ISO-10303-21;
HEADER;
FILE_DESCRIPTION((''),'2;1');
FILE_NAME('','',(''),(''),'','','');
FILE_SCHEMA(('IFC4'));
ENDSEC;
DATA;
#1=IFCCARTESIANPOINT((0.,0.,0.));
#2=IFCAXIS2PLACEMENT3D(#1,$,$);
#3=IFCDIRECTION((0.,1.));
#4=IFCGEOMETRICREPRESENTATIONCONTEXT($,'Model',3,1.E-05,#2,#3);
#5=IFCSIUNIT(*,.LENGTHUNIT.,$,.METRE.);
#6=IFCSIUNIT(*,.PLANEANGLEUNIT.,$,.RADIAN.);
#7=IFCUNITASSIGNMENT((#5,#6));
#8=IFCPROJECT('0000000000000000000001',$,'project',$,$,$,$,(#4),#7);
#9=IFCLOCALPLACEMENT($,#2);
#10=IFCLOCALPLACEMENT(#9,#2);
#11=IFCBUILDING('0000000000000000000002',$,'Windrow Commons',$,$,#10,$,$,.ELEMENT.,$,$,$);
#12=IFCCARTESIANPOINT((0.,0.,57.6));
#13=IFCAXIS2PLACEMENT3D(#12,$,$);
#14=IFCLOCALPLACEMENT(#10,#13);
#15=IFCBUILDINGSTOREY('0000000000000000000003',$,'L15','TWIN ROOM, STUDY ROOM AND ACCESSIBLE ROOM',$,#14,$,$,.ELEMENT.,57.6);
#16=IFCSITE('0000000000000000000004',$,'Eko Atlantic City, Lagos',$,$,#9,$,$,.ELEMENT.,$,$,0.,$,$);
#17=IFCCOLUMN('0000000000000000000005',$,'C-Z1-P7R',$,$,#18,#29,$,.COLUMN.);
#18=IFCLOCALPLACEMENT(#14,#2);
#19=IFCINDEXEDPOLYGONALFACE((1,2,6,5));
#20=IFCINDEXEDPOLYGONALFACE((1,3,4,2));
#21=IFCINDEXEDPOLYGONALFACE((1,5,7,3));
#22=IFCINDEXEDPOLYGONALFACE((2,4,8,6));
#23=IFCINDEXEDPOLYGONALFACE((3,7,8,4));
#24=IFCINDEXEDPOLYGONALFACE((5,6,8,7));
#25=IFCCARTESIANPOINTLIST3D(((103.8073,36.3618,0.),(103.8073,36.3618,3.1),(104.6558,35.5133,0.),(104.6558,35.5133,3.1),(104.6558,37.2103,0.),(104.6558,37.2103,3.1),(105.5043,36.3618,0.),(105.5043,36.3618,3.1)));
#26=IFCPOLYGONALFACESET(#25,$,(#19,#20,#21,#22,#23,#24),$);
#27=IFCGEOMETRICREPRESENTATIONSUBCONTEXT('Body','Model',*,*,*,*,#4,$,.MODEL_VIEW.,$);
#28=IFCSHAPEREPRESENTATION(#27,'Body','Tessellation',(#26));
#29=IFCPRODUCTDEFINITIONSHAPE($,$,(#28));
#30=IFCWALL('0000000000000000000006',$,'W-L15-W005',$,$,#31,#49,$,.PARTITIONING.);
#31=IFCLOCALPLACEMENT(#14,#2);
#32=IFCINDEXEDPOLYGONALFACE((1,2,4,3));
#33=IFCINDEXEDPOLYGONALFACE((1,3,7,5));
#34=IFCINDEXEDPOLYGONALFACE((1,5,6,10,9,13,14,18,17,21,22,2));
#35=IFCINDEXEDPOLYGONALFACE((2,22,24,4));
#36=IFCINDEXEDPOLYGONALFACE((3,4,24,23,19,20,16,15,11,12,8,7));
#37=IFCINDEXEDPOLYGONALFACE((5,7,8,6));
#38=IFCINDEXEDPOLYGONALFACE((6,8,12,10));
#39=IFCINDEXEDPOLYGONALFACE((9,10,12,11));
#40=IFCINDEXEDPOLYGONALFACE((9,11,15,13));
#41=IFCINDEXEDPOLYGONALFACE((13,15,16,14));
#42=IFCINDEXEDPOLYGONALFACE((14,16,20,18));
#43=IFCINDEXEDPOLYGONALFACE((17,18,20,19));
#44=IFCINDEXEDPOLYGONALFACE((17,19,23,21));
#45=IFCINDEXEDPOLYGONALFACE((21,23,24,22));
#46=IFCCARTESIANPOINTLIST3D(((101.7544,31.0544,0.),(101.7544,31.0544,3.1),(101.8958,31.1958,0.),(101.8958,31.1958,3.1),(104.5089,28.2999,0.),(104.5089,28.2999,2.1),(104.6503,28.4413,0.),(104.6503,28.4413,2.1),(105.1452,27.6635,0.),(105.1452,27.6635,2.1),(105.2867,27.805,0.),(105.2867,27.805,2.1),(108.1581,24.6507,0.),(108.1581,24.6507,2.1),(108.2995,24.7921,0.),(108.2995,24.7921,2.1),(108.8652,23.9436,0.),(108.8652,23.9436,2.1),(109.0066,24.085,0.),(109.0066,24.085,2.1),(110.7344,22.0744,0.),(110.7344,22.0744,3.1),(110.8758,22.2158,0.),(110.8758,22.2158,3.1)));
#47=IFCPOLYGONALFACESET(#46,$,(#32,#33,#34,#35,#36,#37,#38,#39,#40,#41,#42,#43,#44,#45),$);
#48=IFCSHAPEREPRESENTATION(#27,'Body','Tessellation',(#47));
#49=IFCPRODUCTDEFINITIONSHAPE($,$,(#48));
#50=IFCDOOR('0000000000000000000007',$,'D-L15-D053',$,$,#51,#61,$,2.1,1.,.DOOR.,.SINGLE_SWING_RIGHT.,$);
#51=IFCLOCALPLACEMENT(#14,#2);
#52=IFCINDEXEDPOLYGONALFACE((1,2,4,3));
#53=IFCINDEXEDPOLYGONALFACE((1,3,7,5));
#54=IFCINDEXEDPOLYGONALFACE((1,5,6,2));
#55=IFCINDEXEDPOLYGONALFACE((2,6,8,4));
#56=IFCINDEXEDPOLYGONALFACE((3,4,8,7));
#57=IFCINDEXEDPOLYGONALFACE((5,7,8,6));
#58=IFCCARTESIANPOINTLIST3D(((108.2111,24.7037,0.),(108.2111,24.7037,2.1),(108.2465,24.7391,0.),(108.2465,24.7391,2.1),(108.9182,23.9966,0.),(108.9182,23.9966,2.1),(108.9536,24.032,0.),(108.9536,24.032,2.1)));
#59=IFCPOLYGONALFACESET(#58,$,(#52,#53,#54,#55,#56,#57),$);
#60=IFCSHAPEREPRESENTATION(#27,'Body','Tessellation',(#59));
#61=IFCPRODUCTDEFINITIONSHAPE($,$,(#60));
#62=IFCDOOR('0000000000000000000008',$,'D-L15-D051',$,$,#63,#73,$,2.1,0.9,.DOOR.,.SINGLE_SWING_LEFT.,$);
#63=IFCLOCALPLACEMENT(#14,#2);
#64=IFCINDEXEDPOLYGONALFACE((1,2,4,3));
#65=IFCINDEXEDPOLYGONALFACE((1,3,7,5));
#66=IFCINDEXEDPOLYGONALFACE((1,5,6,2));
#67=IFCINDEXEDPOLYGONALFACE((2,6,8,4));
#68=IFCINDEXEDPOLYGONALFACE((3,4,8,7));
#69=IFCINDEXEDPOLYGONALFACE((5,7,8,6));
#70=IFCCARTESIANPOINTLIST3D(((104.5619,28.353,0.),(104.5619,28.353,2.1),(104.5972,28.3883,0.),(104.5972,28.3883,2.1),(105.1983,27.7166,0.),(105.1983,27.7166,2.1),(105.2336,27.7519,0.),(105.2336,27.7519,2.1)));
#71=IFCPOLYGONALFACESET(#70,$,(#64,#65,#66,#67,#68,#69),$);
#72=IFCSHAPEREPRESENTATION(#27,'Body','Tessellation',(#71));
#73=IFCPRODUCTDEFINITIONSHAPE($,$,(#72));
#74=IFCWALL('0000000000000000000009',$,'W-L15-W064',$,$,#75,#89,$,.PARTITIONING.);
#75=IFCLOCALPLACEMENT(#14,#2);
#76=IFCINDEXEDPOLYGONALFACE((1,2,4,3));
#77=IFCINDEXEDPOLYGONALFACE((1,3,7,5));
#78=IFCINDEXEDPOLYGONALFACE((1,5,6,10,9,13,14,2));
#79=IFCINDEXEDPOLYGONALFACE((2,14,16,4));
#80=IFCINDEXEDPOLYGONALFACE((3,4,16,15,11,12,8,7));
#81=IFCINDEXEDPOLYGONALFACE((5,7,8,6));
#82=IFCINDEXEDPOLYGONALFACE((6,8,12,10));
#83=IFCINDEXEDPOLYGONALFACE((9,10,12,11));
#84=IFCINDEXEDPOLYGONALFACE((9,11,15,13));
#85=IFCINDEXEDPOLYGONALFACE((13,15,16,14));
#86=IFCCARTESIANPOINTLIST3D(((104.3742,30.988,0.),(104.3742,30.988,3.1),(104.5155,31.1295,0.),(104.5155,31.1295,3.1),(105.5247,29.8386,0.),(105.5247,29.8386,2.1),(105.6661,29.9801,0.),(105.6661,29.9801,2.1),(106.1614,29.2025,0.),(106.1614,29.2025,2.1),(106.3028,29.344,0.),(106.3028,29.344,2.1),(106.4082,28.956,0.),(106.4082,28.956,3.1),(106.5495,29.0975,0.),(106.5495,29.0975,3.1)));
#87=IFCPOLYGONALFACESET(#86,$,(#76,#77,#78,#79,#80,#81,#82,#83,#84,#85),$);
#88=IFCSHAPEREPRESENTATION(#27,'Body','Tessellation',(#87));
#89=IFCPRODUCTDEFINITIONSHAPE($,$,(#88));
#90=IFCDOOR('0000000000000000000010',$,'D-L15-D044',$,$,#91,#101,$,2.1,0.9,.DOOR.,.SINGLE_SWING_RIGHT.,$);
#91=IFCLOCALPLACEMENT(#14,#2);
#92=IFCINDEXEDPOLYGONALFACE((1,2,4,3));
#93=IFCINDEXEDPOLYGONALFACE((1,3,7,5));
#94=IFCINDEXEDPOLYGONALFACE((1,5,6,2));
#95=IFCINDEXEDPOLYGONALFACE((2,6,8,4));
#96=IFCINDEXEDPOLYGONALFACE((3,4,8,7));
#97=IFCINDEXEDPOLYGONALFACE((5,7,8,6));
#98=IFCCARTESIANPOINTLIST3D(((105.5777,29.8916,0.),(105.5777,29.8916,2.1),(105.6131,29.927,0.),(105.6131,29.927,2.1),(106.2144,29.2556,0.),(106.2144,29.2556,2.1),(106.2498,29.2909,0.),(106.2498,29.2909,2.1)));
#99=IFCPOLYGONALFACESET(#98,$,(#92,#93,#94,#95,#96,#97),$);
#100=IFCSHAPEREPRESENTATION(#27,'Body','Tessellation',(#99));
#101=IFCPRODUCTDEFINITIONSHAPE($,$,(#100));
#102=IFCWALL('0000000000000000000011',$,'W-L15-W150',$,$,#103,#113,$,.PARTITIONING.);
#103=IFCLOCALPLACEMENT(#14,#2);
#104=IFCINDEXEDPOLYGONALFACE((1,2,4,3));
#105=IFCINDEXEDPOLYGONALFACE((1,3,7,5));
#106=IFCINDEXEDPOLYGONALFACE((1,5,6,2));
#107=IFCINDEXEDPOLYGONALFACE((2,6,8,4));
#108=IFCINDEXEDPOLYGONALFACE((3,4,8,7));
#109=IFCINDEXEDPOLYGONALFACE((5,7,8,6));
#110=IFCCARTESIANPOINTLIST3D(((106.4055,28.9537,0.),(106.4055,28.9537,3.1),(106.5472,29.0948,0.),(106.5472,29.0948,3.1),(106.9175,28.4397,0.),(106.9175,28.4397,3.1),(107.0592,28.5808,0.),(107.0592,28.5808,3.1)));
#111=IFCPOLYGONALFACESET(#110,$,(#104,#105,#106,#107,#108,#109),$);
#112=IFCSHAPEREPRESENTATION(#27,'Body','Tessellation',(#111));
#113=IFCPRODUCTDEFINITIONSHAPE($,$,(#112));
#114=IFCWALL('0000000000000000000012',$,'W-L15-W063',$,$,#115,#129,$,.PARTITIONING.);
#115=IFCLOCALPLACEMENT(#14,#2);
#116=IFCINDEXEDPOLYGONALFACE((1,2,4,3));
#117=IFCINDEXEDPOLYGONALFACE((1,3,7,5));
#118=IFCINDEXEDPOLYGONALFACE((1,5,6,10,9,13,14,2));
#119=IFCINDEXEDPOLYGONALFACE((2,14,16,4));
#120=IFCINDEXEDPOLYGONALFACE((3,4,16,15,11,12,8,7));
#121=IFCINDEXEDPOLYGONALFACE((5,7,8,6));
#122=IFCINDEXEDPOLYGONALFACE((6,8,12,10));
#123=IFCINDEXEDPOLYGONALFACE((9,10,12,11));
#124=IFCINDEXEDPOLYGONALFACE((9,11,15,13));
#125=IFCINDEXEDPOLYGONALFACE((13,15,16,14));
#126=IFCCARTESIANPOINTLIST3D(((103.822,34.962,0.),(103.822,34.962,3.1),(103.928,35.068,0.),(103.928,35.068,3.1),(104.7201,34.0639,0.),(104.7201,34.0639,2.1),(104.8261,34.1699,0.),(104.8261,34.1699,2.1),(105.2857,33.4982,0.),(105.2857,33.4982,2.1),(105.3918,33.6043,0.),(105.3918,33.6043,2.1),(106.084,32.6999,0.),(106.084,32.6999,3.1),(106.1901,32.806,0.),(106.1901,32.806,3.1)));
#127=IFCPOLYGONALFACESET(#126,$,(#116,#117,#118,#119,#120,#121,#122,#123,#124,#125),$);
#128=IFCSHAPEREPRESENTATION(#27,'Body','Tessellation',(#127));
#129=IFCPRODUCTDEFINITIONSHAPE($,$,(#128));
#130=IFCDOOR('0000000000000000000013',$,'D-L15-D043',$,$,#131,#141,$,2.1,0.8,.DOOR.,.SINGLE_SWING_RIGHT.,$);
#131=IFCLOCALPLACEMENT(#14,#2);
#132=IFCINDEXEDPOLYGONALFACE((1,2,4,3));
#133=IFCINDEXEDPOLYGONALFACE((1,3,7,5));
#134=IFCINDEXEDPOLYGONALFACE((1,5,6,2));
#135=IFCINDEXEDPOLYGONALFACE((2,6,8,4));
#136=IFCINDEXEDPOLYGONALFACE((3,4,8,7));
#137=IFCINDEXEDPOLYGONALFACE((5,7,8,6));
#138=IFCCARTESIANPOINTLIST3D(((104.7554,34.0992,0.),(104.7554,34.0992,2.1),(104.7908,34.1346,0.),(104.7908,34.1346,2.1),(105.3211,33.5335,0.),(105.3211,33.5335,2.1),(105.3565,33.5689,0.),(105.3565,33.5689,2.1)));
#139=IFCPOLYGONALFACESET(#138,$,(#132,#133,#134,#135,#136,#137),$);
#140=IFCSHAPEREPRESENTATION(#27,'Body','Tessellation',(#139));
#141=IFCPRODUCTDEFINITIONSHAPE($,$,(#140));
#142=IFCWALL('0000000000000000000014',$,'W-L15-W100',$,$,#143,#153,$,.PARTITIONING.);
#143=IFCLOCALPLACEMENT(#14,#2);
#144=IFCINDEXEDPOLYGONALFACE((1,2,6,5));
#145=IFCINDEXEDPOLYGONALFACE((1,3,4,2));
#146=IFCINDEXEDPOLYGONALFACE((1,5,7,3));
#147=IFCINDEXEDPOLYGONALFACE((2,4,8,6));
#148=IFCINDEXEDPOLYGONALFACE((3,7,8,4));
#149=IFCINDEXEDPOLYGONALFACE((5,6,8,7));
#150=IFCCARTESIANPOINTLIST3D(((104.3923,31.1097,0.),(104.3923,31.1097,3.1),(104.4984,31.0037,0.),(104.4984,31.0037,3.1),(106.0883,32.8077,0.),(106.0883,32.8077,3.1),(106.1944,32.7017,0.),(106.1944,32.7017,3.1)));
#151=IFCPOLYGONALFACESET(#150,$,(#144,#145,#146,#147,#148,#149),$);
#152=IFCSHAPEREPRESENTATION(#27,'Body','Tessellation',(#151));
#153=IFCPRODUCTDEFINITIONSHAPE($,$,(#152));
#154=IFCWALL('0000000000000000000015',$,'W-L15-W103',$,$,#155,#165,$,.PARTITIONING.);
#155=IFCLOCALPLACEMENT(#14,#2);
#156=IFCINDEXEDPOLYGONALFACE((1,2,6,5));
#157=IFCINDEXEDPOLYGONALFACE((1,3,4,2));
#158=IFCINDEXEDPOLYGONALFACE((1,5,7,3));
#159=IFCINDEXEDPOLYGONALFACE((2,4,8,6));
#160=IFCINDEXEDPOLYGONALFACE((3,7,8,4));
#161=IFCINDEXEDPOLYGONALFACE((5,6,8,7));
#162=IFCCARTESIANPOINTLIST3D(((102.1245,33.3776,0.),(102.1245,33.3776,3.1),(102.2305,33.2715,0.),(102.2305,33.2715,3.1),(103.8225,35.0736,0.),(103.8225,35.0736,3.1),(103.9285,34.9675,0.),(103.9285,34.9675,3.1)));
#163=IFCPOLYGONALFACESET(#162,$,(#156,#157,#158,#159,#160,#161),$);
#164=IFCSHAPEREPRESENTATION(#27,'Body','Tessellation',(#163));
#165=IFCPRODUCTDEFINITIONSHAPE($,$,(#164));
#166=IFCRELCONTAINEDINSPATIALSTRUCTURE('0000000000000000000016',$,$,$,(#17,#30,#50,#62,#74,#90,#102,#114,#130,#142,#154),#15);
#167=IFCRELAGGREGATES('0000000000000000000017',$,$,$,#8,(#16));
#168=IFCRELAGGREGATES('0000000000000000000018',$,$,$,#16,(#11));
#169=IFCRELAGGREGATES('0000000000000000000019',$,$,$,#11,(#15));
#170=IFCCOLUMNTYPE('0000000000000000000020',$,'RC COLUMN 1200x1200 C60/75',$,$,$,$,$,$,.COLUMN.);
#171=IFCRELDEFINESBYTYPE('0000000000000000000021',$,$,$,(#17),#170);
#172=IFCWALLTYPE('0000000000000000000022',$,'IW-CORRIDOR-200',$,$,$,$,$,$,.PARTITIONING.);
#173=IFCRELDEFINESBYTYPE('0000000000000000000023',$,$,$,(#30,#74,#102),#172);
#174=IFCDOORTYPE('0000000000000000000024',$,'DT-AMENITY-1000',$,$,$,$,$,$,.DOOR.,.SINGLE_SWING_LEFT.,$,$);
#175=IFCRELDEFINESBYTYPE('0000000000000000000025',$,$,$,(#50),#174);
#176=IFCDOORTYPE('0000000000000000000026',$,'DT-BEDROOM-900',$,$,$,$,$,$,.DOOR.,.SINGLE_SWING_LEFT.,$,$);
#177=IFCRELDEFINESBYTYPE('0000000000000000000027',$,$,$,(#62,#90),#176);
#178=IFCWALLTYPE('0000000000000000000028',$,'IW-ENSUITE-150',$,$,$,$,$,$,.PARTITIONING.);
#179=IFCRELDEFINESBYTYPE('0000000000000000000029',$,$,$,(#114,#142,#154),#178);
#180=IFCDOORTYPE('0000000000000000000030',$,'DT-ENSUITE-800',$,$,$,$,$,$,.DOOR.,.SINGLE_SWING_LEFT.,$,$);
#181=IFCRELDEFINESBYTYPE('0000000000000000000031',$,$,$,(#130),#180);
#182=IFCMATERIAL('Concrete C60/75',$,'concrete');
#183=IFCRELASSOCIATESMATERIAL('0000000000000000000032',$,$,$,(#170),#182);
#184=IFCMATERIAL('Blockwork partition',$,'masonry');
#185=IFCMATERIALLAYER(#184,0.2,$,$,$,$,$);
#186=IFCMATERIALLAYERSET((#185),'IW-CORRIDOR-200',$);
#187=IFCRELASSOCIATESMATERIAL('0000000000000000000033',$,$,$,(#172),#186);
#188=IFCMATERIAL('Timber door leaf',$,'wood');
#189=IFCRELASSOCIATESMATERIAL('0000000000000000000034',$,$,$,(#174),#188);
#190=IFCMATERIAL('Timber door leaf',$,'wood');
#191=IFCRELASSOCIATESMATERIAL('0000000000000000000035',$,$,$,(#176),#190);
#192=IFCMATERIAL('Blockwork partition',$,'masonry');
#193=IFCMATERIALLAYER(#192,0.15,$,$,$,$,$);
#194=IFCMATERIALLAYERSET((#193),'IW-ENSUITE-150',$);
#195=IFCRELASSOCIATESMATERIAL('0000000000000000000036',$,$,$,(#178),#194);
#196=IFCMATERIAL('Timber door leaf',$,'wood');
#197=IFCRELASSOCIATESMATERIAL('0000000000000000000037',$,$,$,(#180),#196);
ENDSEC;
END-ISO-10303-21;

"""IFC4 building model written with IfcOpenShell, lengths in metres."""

from ifc_helpers import new_model, si_unit, direction, frame, frame_2d, origin, origin_2d, place, context, subcontext, project, spatial, rectangle, extrude, material, layer, layer_set, material_profile, profile_set, type_object, element, fill, save


model = new_model("IFC4")

# Units and contexts
model_context = context("Model", 3, precision=1e-05, world=origin(), true_north=direction((0.0, 1.0)))
body_context = subcontext(model_context, "Body", "Model", "MODEL_VIEW")
ifc_project = project(units=[si_unit("LENGTHUNIT", "METRE"), si_unit("PLANEANGLEUNIT", "RADIAN")], contexts=[model_context])

# Site, building, storey
site_placement = place(None, origin())
site = spatial("IfcSite", under=ifc_project, at=site_placement, Name="Eko Atlantic City, Lagos", CompositionType="ELEMENT", RefElevation=0.0)
building_placement = place(site_placement, origin())
building = spatial("IfcBuilding", under=site, at=building_placement, Name="Windrow Commons", CompositionType="ELEMENT")
storey_placement = place(building_placement, frame((0.0, 0.0, 57.6)))
storey = spatial("IfcBuildingStorey", under=building, at=storey_placement, Name="L15", Description="TWIN ROOM, STUDY ROOM AND ACCESSIBLE ROOM", CompositionType="ELEMENT", Elevation=57.6)

# Column
ifc_material_1 = material(Name="Concrete C60/75", Category="concrete")
ifc_material_profile = material_profile(ifc_material_1, rectangle(XDim=1.2, YDim=1.2, at=origin_2d()))
ifc_profile_set = profile_set([ifc_material_profile], Name="Concrete C60/75")
column_type = type_object("IfcColumnType", Name="RC COLUMN 1200x1200 C60/75", PredefinedType="COLUMN", material=ifc_profile_set)
column_placement = place(storey_placement, frame((104.6558, 36.3618, 0.0), z_axis=(0.0, 0.0, 1.0), x_axis=(0.707107, -0.707107, 0.0)))
element("IfcColumn", 1, at=column_placement, inside=storey, type_object=column_type, Name="C-Z1-P7R", PredefinedType="COLUMN", context=body_context, shape_type="SweptSolid", body=[
    extrude(rectangle(XDim=1.2, YDim=1.2, at=origin_2d()), origin(), (0.0, 0.0, 1.0), 3.1),
])

# Wall, openings, doors
ifc_material_2 = material(Name="Blockwork partition", Category="masonry")
ifc_layer_1 = layer(ifc_material_2, 0.2)
ifc_layer_set_1 = layer_set([ifc_layer_1], Name="IW-CORRIDOR-200")
wall_type_1 = type_object("IfcWallType", Name="IW-CORRIDOR-200", PredefinedType="PARTITIONING", material=ifc_layer_set_1)
wall_1_placement = place(storey_placement, frame((101.8251, 31.1251, 0.0), z_axis=(0.0, 0.0, 1.0), x_axis=(0.707107, -0.707107, 0.0)))
wall_1 = element("IfcWall", 2, at=wall_1_placement, inside=storey, type_object=wall_type_1, Name="W-L15-W005", PredefinedType="PARTITIONING", context=body_context, shape_type="SweptSolid", body=[
    extrude(rectangle(XDim=12.6996, YDim=0.2, at=frame_2d((6.3498, 0.0))), origin(), (0.0, 0.0, 1.0), 3.1),
])
opening_1_placement = place(wall_1_placement, frame((3.8954, 0.0, 0.0)))
opening_1 = element("IfcOpeningElement", 3, at=opening_1_placement, cuts=wall_1, PredefinedType="OPENING", context=body_context, shape_type="SweptSolid", body=[
    extrude(rectangle(XDim=0.9, YDim=2.1, at=frame_2d((0.45, 1.05))), frame((0.0, 0.11, 0.0), z_axis=(0.0, -1.0, 0.0), x_axis=(1.0, 0.0, 0.0)), (0.0, 0.0, 1.0), 0.22),
])
opening_2_placement = place(wall_1_placement, frame((9.0562, 0.0, 0.0)))
opening_2 = element("IfcOpeningElement", 4, at=opening_2_placement, cuts=wall_1, PredefinedType="OPENING", context=body_context, shape_type="SweptSolid", body=[
    extrude(rectangle(XDim=1.0, YDim=2.1, at=frame_2d((0.5, 1.05))), frame((0.0, 0.11, 0.0), z_axis=(0.0, -1.0, 0.0), x_axis=(1.0, 0.0, 0.0)), (0.0, 0.0, 1.0), 0.22),
])
ifc_material_3 = material(Name="Timber door leaf", Category="wood")
door_type_1 = type_object("IfcDoorType", Name="DT-AMENITY-1000", OperationType="SINGLE_SWING_LEFT", PredefinedType="DOOR", material=ifc_material_3)
door_1_placement = place(opening_2_placement, origin())
door_1 = element("IfcDoor", 5, at=door_1_placement, inside=storey, type_object=door_type_1, Name="D-L15-D053", OperationType="SINGLE_SWING_RIGHT", OverallHeight=2.1, OverallWidth=1.0, PredefinedType="DOOR", context=body_context, shape_type="SweptSolid", body=[
    extrude(rectangle(XDim=1.0, YDim=2.1, at=frame_2d((0.5, 1.05))), frame((0.0, 0.025, 0.0), z_axis=(0.0, -1.0, 0.0), x_axis=(1.0, 0.0, 0.0)), (0.0, 0.0, 1.0), 0.05),
])
fill(opening_2, door_1)
ifc_material_4 = material(Name="Timber door leaf", Category="wood")
door_type_2 = type_object("IfcDoorType", Name="DT-BEDROOM-900", OperationType="SINGLE_SWING_LEFT", PredefinedType="DOOR", material=ifc_material_4)
door_2_placement = place(opening_1_placement, origin())
door_2 = element("IfcDoor", 6, at=door_2_placement, inside=storey, type_object=door_type_2, Name="D-L15-D051", OperationType="SINGLE_SWING_LEFT", OverallHeight=2.1, OverallWidth=0.9, PredefinedType="DOOR", context=body_context, shape_type="SweptSolid", body=[
    extrude(rectangle(XDim=0.9, YDim=2.1, at=frame_2d((0.45, 1.05))), frame((0.0, 0.025, 0.0), z_axis=(0.0, -1.0, 0.0), x_axis=(1.0, 0.0, 0.0)), (0.0, 0.0, 1.0), 0.05),
])
fill(opening_1, door_2)

# Wall, opening, door
wall_2_placement = place(storey_placement, frame((104.4448, 31.0588, 0.0), z_axis=(0.0, 0.0, 1.0), x_axis=(0.707455, -0.706759, 0.0)))
wall_2 = element("IfcWall", 7, at=wall_2_placement, inside=storey, type_object=wall_type_1, Name="W-L15-W064", PredefinedType="PARTITIONING", context=body_context, shape_type="SweptSolid", body=[
    extrude(rectangle(XDim=2.8751, YDim=0.2, at=frame_2d((1.4376, 0.0))), origin(), (0.0, 0.0, 1.0), 3.1),
])
opening_3_placement = place(wall_2_placement, frame((1.6264, 0.0, 0.0)))
opening_3 = element("IfcOpeningElement", 8, at=opening_3_placement, cuts=wall_2, PredefinedType="OPENING", context=body_context, shape_type="SweptSolid", body=[
    extrude(rectangle(XDim=0.9, YDim=2.1, at=frame_2d((0.45, 1.05))), frame((0.0, 0.11, 0.0), z_axis=(0.0, -1.0, 0.0), x_axis=(1.0, 0.0, 0.0)), (0.0, 0.0, 1.0), 0.22),
])
door_3_placement = place(opening_3_placement, origin())
door_3 = element("IfcDoor", 9, at=door_3_placement, inside=storey, type_object=door_type_2, Name="D-L15-D044", OperationType="SINGLE_SWING_RIGHT", OverallHeight=2.1, OverallWidth=0.9, PredefinedType="DOOR", context=body_context, shape_type="SweptSolid", body=[
    extrude(rectangle(XDim=0.9, YDim=2.1, at=frame_2d((0.45, 1.05))), frame((0.0, 0.025, 0.0), z_axis=(0.0, -1.0, 0.0), x_axis=(1.0, 0.0, 0.0)), (0.0, 0.0, 1.0), 0.05),
])
fill(opening_3, door_3)

# Wall
wall_3_placement = place(storey_placement, frame((106.4763, 29.0243, 0.0), z_axis=(0.0, 0.0, 1.0), x_axis=(0.705727, -0.708484, 0.0)))
element("IfcWall", 10, at=wall_3_placement, inside=storey, type_object=wall_type_1, Name="W-L15-W150", PredefinedType="PARTITIONING", context=body_context, shape_type="SweptSolid", body=[
    extrude(rectangle(XDim=0.7255, YDim=0.2, at=frame_2d((0.3628, 0.0))), origin(), (0.0, 0.0, 1.0), 3.1),
])

# Wall, opening, door
ifc_material_5 = material(Name="Blockwork partition", Category="masonry")
ifc_layer_2 = layer(ifc_material_5, 0.15)
ifc_layer_set_2 = layer_set([ifc_layer_2], Name="IW-ENSUITE-150")
wall_type_2 = type_object("IfcWallType", Name="IW-ENSUITE-150", PredefinedType="PARTITIONING", material=ifc_layer_set_2)
wall_4_placement = place(storey_placement, frame((103.875, 35.015, 0.0), z_axis=(0.0, 0.0, 1.0), x_axis=(0.707107, -0.707107, 0.0)))
wall_4 = element("IfcWall", 11, at=wall_4_placement, inside=storey, type_object=wall_type_2, Name="W-L15-W063", PredefinedType="PARTITIONING", context=body_context, shape_type="SweptSolid", body=[
    extrude(rectangle(XDim=3.199, YDim=0.15, at=frame_2d((1.5995, 0.0))), origin(), (0.0, 0.0, 1.0), 3.1),
])
opening_4_placement = place(wall_4_placement, frame((1.2701, 0.0, 0.0)))
opening_4 = element("IfcOpeningElement", 12, at=opening_4_placement, cuts=wall_4, PredefinedType="OPENING", context=body_context, shape_type="SweptSolid", body=[
    extrude(rectangle(XDim=0.8, YDim=2.1, at=frame_2d((0.4, 1.05))), frame((0.0, 0.085, 0.0), z_axis=(0.0, -1.0, 0.0), x_axis=(1.0, 0.0, 0.0)), (0.0, 0.0, 1.0), 0.17),
])
ifc_material_6 = material(Name="Timber door leaf", Category="wood")
door_type_3 = type_object("IfcDoorType", Name="DT-ENSUITE-800", OperationType="SINGLE_SWING_LEFT", PredefinedType="DOOR", material=ifc_material_6)
door_4_placement = place(opening_4_placement, origin())
door_4 = element("IfcDoor", 13, at=door_4_placement, inside=storey, type_object=door_type_3, Name="D-L15-D043", OperationType="SINGLE_SWING_RIGHT", OverallHeight=2.1, OverallWidth=0.8, PredefinedType="DOOR", context=body_context, shape_type="SweptSolid", body=[
    extrude(rectangle(XDim=0.8, YDim=2.1, at=frame_2d((0.4, 1.05))), frame((0.0, 0.025, 0.0), z_axis=(0.0, -1.0, 0.0), x_axis=(1.0, 0.0, 0.0)), (0.0, 0.0, 1.0), 0.05),
])
fill(opening_4, door_4)

# Walls
for number, where, z_axis, x_axis, name in (
    (14, (104.4453, 31.0567, 0.0), (0.0, 0.0, 1.0), (0.70669, 0.707523, 0.0), "W-L15-W100"),
    (15, (102.1775, 33.3245, 0.0), (0.0, 0.0, 1.0), (0.707523, 0.70669, 0.0), "W-L15-W103"),
):
    element("IfcWall", number, at=place(storey_placement, frame(where, z_axis=z_axis, x_axis=x_axis)), inside=storey, type_object=wall_type_2, Name=name, PredefinedType="PARTITIONING", context=body_context, shape_type="SweptSolid", body=[
        extrude(rectangle(XDim=2.3999, YDim=0.15, at=frame_2d((1.2, 0.0))), origin(), (0.0, 0.0, 1.0), 3.1),
    ])

save(model, "model.ifc")
